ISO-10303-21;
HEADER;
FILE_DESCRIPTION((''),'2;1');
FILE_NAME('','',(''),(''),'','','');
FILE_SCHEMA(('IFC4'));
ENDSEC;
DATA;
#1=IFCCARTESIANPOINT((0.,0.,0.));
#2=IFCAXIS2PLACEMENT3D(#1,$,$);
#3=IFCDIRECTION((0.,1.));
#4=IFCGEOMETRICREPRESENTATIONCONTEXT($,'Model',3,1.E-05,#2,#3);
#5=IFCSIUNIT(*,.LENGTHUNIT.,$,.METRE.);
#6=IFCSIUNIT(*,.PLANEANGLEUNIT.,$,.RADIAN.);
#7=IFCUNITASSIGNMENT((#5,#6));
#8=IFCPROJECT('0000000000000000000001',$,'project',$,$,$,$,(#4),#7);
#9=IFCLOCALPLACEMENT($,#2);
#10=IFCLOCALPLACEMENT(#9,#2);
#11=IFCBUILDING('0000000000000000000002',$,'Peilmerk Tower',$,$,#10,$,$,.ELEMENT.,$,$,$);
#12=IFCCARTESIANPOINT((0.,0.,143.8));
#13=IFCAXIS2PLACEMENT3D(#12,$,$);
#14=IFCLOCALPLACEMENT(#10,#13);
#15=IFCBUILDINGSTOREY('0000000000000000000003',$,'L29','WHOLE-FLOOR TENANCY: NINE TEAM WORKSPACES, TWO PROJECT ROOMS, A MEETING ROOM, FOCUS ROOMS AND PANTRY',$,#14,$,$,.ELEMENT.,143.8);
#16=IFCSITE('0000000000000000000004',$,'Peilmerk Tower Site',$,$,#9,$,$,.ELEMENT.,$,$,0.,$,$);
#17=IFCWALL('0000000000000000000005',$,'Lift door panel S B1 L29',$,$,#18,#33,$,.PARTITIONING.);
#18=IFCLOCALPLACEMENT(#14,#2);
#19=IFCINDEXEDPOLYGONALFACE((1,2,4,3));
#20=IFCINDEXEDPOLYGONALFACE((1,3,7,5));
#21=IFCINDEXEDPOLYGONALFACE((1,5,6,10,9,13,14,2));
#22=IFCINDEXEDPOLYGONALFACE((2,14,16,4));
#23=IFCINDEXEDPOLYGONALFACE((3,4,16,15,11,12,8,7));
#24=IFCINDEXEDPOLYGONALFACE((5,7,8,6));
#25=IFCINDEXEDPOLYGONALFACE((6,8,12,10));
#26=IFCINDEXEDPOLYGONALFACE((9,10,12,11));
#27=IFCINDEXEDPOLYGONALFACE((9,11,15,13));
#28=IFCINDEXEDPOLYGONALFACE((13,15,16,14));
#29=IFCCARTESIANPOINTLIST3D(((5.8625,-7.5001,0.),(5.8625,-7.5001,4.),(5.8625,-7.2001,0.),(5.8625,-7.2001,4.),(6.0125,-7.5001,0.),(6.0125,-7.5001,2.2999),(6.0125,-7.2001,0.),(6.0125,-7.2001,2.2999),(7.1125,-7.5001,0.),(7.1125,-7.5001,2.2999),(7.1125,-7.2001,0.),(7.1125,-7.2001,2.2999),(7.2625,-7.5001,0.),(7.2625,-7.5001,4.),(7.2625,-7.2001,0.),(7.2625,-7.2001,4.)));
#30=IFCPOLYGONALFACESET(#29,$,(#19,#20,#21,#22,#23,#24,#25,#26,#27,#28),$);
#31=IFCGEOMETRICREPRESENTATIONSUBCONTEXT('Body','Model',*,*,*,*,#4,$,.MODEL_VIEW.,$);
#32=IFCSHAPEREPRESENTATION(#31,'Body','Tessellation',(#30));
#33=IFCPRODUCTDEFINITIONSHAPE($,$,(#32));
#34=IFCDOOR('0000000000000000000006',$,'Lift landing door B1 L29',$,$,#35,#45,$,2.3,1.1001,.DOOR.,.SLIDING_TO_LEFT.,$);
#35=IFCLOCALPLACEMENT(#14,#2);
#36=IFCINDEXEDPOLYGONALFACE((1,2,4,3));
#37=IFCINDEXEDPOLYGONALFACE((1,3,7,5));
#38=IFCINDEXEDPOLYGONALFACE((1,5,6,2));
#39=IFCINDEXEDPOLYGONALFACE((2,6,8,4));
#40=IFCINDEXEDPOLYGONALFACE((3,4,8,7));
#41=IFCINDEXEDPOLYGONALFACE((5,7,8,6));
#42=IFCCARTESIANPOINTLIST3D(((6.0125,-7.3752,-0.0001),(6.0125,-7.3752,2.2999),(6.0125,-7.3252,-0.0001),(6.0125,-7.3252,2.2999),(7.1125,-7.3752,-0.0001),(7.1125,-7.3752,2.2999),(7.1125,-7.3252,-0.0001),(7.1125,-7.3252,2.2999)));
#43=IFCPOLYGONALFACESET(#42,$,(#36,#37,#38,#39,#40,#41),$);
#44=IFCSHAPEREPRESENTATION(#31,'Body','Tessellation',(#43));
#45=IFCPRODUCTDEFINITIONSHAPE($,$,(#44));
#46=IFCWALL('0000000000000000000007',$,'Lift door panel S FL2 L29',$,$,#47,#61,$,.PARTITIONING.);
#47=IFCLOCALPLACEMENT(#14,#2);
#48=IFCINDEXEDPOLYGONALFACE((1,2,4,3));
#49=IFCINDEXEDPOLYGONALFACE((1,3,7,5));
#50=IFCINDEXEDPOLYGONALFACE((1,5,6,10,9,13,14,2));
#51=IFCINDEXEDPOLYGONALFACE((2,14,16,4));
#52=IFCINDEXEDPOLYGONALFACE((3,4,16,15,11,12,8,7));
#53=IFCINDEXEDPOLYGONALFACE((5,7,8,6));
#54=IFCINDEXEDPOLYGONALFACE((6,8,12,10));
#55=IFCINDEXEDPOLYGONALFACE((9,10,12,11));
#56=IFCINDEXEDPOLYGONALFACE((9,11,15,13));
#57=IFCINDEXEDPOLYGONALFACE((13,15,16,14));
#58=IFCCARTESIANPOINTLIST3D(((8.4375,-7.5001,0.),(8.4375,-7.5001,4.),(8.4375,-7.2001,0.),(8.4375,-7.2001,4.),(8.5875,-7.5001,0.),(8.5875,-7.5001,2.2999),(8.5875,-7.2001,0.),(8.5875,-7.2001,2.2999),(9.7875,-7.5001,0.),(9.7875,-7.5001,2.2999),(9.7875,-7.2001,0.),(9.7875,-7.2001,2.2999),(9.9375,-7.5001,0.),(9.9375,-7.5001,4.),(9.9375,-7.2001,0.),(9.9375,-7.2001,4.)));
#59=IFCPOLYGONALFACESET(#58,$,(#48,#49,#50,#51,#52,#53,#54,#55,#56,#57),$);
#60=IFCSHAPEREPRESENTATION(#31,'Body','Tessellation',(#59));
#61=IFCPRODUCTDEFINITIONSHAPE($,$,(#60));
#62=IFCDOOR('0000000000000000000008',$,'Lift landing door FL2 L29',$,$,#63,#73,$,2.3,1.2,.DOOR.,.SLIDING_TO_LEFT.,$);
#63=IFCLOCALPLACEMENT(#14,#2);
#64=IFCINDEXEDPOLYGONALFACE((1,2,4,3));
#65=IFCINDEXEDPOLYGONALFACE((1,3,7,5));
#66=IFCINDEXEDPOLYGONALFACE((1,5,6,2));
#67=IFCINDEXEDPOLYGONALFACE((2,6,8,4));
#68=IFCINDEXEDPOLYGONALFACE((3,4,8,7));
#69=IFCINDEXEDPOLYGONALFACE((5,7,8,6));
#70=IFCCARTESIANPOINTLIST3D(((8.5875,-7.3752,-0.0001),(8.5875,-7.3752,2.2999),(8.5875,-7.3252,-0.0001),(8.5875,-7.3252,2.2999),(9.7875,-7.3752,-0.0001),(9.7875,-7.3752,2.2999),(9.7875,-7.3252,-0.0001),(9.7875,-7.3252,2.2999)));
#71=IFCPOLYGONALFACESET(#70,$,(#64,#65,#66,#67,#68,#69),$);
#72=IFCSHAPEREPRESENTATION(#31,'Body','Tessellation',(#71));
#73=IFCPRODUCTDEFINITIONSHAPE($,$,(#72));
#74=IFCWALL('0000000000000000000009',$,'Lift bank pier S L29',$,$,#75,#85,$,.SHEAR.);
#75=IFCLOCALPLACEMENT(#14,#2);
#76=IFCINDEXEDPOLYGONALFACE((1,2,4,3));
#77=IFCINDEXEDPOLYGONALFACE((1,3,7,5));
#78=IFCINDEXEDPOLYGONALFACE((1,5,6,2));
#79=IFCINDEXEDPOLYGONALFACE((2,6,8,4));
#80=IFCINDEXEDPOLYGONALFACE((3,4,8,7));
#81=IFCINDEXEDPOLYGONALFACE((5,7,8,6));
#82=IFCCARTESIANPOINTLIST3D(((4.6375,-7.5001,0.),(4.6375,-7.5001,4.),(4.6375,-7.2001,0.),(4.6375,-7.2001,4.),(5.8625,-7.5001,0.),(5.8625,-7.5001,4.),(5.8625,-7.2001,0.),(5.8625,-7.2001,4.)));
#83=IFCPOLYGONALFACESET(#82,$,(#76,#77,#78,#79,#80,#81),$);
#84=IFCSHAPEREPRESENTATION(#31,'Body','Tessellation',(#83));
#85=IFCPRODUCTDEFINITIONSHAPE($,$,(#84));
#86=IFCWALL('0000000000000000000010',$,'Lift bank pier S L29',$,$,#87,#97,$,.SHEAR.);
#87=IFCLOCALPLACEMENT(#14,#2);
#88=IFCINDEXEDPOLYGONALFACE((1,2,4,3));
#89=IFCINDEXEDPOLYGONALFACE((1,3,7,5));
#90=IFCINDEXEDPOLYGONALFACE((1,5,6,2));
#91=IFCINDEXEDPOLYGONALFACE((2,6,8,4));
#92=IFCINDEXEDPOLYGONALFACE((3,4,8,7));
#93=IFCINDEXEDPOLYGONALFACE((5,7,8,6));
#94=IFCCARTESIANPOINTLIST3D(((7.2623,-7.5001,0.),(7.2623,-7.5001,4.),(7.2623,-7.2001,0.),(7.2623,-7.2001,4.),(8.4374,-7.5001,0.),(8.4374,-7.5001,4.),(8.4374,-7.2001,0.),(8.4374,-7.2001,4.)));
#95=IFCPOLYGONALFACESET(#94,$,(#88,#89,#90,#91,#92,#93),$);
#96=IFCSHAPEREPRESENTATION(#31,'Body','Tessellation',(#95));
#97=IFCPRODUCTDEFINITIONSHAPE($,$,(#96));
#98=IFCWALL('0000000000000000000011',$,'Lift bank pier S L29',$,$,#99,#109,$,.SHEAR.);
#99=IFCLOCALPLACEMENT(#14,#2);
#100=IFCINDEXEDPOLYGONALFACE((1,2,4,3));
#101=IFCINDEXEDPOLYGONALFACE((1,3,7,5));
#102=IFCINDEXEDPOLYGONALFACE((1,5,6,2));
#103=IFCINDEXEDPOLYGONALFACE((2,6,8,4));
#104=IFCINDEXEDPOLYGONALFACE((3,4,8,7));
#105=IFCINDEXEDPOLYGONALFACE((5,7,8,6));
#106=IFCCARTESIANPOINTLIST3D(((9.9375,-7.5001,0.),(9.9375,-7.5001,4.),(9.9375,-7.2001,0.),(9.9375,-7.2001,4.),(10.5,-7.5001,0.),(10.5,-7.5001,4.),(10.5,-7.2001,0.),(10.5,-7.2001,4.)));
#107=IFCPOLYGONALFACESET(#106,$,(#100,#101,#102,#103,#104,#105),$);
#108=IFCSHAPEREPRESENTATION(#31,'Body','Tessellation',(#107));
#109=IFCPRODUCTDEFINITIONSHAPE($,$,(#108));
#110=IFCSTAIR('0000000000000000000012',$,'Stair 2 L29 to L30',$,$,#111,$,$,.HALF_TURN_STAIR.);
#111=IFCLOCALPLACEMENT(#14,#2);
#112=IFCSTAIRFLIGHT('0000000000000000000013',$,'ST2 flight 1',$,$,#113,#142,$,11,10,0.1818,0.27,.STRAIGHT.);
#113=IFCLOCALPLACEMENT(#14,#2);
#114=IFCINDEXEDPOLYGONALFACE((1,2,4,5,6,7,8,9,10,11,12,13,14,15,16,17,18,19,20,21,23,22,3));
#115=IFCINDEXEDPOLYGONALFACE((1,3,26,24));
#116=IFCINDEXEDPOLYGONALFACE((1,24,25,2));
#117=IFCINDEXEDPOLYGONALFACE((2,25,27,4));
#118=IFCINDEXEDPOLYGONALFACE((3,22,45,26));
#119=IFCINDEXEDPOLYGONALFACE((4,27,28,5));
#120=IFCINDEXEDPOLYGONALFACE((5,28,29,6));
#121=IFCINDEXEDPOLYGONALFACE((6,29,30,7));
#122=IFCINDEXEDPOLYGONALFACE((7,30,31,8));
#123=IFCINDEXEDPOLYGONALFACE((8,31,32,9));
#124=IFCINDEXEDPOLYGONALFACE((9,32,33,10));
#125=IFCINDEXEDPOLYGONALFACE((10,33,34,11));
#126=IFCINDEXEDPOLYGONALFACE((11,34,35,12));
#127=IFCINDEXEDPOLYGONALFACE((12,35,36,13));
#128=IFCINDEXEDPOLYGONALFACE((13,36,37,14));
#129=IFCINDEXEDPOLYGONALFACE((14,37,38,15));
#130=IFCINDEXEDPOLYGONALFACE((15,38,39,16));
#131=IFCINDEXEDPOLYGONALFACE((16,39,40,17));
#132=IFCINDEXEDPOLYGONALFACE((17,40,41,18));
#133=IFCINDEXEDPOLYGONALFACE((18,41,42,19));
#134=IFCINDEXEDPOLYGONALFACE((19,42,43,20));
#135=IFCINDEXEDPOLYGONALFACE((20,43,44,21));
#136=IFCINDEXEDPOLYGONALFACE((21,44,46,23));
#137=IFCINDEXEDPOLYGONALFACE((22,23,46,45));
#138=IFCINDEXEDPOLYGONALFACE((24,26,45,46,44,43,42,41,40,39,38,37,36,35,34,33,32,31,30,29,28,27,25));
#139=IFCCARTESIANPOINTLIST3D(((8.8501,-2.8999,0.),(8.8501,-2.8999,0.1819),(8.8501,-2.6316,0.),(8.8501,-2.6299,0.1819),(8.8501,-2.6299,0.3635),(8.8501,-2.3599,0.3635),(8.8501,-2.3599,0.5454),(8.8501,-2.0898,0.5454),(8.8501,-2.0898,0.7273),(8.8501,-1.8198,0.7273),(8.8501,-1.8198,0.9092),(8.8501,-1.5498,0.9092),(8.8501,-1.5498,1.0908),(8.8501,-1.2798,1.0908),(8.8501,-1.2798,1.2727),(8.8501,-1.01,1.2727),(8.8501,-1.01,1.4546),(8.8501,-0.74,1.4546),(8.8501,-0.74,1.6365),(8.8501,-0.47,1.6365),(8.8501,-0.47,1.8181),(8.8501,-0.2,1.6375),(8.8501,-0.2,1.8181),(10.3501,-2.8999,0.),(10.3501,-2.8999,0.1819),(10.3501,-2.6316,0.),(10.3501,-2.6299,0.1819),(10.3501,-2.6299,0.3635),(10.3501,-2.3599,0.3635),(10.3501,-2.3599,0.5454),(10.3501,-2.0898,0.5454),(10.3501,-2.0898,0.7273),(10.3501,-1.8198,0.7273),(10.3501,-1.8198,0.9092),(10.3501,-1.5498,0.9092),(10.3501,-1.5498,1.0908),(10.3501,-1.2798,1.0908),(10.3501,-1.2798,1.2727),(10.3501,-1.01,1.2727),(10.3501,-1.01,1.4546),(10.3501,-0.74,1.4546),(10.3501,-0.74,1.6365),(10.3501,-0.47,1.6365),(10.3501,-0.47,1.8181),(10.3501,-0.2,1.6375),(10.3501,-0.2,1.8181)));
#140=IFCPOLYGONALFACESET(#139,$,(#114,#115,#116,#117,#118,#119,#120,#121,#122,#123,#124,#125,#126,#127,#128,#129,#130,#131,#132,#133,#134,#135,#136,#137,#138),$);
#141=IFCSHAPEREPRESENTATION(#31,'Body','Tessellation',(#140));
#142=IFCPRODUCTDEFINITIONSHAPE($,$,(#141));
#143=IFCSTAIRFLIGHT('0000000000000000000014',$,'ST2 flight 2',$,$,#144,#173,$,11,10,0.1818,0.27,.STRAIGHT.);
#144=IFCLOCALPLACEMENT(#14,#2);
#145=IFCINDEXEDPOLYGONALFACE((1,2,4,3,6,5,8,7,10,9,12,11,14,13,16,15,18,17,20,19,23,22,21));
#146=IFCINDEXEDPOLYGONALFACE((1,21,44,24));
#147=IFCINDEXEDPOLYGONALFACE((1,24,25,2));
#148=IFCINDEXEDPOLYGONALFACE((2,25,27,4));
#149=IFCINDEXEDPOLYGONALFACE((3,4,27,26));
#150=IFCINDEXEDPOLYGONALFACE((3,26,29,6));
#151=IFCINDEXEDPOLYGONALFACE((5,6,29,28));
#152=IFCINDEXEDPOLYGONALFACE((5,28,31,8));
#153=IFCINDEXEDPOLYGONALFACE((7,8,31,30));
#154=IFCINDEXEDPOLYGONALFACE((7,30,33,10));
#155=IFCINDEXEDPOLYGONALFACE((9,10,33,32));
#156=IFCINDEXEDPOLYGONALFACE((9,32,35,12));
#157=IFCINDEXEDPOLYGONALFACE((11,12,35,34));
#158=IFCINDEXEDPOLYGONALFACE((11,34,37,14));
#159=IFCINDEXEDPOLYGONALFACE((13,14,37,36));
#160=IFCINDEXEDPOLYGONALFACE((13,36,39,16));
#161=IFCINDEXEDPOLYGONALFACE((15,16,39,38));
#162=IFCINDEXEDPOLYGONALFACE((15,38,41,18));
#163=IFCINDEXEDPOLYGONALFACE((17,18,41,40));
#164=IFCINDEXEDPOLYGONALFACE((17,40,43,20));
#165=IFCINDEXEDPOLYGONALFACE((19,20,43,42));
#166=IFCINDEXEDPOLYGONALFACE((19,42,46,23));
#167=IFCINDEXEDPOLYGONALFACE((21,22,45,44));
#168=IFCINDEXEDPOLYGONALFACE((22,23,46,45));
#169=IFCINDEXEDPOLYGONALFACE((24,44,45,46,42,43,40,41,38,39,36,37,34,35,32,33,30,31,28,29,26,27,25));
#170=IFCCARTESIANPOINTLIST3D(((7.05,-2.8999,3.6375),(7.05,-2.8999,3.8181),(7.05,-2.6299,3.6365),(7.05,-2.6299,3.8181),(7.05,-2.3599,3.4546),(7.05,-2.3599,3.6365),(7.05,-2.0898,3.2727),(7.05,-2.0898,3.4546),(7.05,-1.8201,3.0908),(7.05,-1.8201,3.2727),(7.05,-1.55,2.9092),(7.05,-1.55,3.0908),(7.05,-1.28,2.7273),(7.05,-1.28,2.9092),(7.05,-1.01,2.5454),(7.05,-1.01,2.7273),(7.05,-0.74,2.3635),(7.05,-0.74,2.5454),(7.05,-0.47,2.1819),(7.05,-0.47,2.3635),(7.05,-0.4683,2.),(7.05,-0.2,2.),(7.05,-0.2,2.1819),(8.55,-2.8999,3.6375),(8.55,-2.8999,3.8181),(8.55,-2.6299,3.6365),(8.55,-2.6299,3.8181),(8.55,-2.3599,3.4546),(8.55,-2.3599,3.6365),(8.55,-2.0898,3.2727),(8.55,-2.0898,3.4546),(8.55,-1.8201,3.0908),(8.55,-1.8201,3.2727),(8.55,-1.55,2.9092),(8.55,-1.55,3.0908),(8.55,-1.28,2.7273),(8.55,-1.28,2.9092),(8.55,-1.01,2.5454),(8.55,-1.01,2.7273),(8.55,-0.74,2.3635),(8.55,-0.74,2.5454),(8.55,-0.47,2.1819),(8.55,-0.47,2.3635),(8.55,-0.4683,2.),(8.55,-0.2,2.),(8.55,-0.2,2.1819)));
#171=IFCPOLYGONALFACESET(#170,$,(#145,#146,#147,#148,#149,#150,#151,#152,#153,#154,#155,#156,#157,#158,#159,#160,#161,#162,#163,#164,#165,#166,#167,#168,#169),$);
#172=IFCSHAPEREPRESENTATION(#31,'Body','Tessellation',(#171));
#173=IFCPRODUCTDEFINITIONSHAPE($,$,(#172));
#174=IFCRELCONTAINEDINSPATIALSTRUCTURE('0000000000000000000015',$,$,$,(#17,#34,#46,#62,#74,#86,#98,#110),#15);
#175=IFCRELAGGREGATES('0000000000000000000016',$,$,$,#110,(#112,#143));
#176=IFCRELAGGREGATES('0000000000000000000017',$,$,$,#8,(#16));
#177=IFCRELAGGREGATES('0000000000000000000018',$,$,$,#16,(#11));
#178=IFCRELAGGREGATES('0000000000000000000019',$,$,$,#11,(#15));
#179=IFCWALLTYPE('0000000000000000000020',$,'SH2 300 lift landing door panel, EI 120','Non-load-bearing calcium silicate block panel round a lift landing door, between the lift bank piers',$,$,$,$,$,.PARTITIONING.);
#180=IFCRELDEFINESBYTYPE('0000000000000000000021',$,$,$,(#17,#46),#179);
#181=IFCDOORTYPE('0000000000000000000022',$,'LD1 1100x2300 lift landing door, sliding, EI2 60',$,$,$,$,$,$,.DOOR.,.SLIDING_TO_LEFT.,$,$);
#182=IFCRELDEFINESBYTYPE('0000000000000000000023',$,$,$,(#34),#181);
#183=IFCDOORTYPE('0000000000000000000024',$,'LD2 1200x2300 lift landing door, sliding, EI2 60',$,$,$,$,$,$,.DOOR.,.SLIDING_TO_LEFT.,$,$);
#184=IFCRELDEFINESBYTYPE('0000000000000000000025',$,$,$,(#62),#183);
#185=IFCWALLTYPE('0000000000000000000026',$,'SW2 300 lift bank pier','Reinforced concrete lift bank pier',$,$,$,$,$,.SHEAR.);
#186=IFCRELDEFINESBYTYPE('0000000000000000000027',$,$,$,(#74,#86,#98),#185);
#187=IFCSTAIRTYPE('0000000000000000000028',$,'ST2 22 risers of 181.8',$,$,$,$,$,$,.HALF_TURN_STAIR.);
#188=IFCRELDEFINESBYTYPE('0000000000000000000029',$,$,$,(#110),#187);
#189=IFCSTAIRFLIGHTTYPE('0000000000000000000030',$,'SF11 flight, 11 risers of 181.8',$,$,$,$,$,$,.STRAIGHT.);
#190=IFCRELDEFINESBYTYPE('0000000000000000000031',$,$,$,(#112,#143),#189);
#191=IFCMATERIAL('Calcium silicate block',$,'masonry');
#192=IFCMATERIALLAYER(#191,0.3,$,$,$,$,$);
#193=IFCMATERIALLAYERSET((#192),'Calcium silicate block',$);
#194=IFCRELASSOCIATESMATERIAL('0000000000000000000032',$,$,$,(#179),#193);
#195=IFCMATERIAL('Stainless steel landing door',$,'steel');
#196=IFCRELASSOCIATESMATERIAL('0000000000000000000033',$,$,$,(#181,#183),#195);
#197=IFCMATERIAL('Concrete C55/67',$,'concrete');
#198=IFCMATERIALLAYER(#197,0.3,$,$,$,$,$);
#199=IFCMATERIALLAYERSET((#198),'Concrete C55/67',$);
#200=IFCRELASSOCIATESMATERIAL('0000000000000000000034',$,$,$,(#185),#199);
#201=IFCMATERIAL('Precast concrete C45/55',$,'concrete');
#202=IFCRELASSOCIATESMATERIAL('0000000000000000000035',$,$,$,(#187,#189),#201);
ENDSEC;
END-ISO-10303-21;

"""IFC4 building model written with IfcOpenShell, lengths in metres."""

from ifc_helpers import new_model, si_unit, direction, frame, frame_2d, origin, place, context, subcontext, project, spatial, polyline, rectangle, outline, extrude, material, layer, layer_set, type_object, element, fill, aggregate, save


model = new_model("IFC4")

# Units and contexts
model_context = context("Model", 3, precision=1e-05, world=origin(), true_north=direction((0.0, 1.0)))
body_context = subcontext(model_context, "Body", "Model", "MODEL_VIEW")
ifc_project = project(units=[si_unit("LENGTHUNIT", "METRE"), si_unit("PLANEANGLEUNIT", "RADIAN")], contexts=[model_context])

# Site, building, storey
site_placement = place(None, origin())
site = spatial("IfcSite", under=ifc_project, at=site_placement, Name="Peilmerk Tower Site", CompositionType="ELEMENT", RefElevation=0.0)
building_placement = place(site_placement, origin())
building = spatial("IfcBuilding", under=site, at=building_placement, Name="Peilmerk Tower", CompositionType="ELEMENT")
storey_placement = place(building_placement, frame((0.0, 0.0, 143.8)))
storey = spatial("IfcBuildingStorey", under=building, at=storey_placement, Name="L29", Description="WHOLE-FLOOR TENANCY: NINE TEAM WORKSPACES, TWO PROJECT ROOMS, A MEETING ROOM, FOCUS ROOMS AND PANTRY", CompositionType="ELEMENT", Elevation=143.8)

# Walls, openings, doors
ifc_material_1 = material(Name="Calcium silicate block", Category="masonry")
ifc_layer_1 = layer(ifc_material_1, 0.3)
ifc_layer_set_1 = layer_set([ifc_layer_1], Name="Calcium silicate block")
wall_type_1 = type_object("IfcWallType", Name="SH2 300 lift landing door panel, EI 120", Description="Non-load-bearing calcium silicate block panel round a lift landing door, between the lift bank piers", PredefinedType="PARTITIONING", material=ifc_layer_set_1)
wall_1_placement = place(storey_placement, frame((5.8625, -7.3501, 0.0), z_axis=(0.0, 0.0, 1.0), x_axis=(1.0, 0.0, 0.0)))
wall_1 = element("IfcWall", 1, at=wall_1_placement, inside=storey, type_object=wall_type_1, Name="Lift door panel S B1 L29", PredefinedType="PARTITIONING", context=body_context, shape_type="SweptSolid", body=[
    extrude(rectangle(XDim=1.3999, YDim=0.3, at=frame_2d((0.7, 0.0))), origin(), (0.0, 0.0, 1.0), 4.0),
])
opening_1_placement = place(wall_1_placement, frame((0.1499, 0.0, 0.0)))
opening_1 = element("IfcOpeningElement", 2, at=opening_1_placement, cuts=wall_1, PredefinedType="OPENING", context=body_context, shape_type="SweptSolid", body=[
    extrude(rectangle(XDim=1.1001, YDim=2.3, at=frame_2d((0.55, 1.1499))), frame((0.0, 0.1599, 0.0), z_axis=(0.0, -1.0, 0.0), x_axis=(1.0, 0.0, 0.0)), (0.0, 0.0, 1.0), 0.3201),
])
ifc_material_2 = material(Name="Stainless steel landing door", Category="steel")
door_type_1 = type_object("IfcDoorType", Name="LD1 1100x2300 lift landing door, sliding, EI2 60", OperationType="SLIDING_TO_LEFT", PredefinedType="DOOR", material=ifc_material_2)
door_1_placement = place(opening_1_placement, origin())
door_1 = element("IfcDoor", 3, at=door_1_placement, inside=storey, type_object=door_type_1, Name="Lift landing door B1 L29", OperationType="SLIDING_TO_LEFT", OverallHeight=2.3, OverallWidth=1.1001, PredefinedType="DOOR", context=body_context, shape_type="SweptSolid", body=[
    extrude(rectangle(XDim=1.1001, YDim=2.3, at=frame_2d((0.55, 1.1499))), frame((0.0, 0.0249, 0.0), z_axis=(0.0, -1.0, 0.0), x_axis=(1.0, 0.0, 0.0)), (0.0, 0.0, 1.0), 0.05),
])
fill(opening_1, door_1)
wall_2_placement = place(storey_placement, frame((8.4375, -7.3501, 0.0), z_axis=(0.0, 0.0, 1.0), x_axis=(1.0, 0.0, 0.0)))
wall_2 = element("IfcWall", 4, at=wall_2_placement, inside=storey, type_object=wall_type_1, Name="Lift door panel S FL2 L29", PredefinedType="PARTITIONING", context=body_context, shape_type="SweptSolid", body=[
    extrude(rectangle(XDim=1.5, YDim=0.3, at=frame_2d((0.75, 0.0))), origin(), (0.0, 0.0, 1.0), 4.0),
])
opening_2_placement = place(wall_2_placement, frame((0.1499, 0.0, 0.0)))
opening_2 = element("IfcOpeningElement", 5, at=opening_2_placement, cuts=wall_2, PredefinedType="OPENING", context=body_context, shape_type="SweptSolid", body=[
    extrude(rectangle(XDim=1.2, YDim=2.3, at=frame_2d((0.6001, 1.1499))), frame((0.0, 0.1599, 0.0), z_axis=(0.0, -1.0, 0.0), x_axis=(1.0, 0.0, 0.0)), (0.0, 0.0, 1.0), 0.3201),
])
door_type_2 = type_object("IfcDoorType", Name="LD2 1200x2300 lift landing door, sliding, EI2 60", OperationType="SLIDING_TO_LEFT", PredefinedType="DOOR", material=ifc_material_2)
door_2_placement = place(opening_2_placement, origin())
door_2 = element("IfcDoor", 6, at=door_2_placement, inside=storey, type_object=door_type_2, Name="Lift landing door FL2 L29", OperationType="SLIDING_TO_LEFT", OverallHeight=2.3, OverallWidth=1.2, PredefinedType="DOOR", context=body_context, shape_type="SweptSolid", body=[
    extrude(rectangle(XDim=1.2, YDim=2.3, at=frame_2d((0.6001, 1.1499))), frame((0.0, 0.0249, 0.0), z_axis=(0.0, -1.0, 0.0), x_axis=(1.0, 0.0, 0.0)), (0.0, 0.0, 1.0), 0.05),
])
fill(opening_2, door_2)

# Walls
ifc_material_3 = material(Name="Concrete C55/67", Category="concrete")
ifc_layer_2 = layer(ifc_material_3, 0.3)
ifc_layer_set_2 = layer_set([ifc_layer_2], Name="Concrete C55/67")
wall_type_2 = type_object("IfcWallType", Name="SW2 300 lift bank pier", Description="Reinforced concrete lift bank pier", PredefinedType="SHEAR", material=ifc_layer_set_2)
wall_3_placement = place(storey_placement, frame((4.6375, -7.3501, 0.0), z_axis=(0.0, 0.0, 1.0), x_axis=(1.0, 0.0, 0.0)))
element("IfcWall", 7, at=wall_3_placement, inside=storey, type_object=wall_type_2, Name="Lift bank pier S L29", PredefinedType="SHEAR", context=body_context, shape_type="SweptSolid", body=[
    extrude(rectangle(XDim=1.2251, YDim=0.3, at=frame_2d((0.6125, 0.0))), origin(), (0.0, 0.0, 1.0), 4.0),
])
wall_4_placement = place(storey_placement, frame((7.2625, -7.3501, 0.0), z_axis=(0.0, 0.0, 1.0), x_axis=(1.0, 0.0, 0.0)))
element("IfcWall", 8, at=wall_4_placement, inside=storey, type_object=wall_type_2, Name="Lift bank pier S L29", PredefinedType="SHEAR", context=body_context, shape_type="SweptSolid", body=[
    extrude(rectangle(XDim=1.175, YDim=0.3, at=frame_2d((0.5874, 0.0))), origin(), (0.0, 0.0, 1.0), 4.0),
])
wall_5_placement = place(storey_placement, frame((9.9375, -7.3501, 0.0), z_axis=(0.0, 0.0, 1.0), x_axis=(1.0, 0.0, 0.0)))
element("IfcWall", 9, at=wall_5_placement, inside=storey, type_object=wall_type_2, Name="Lift bank pier S L29", PredefinedType="SHEAR", context=body_context, shape_type="SweptSolid", body=[
    extrude(rectangle(XDim=0.5625, YDim=0.3, at=frame_2d((0.2812, 0.0))), origin(), (0.0, 0.0, 1.0), 4.0),
])

# Stair, stair flights
ifc_material_4 = material(Name="Precast concrete C45/55", Category="concrete")
stair_type = type_object("IfcStairType", Name="ST2 22 risers of 181.8", PredefinedType="HALF_TURN_STAIR", material=ifc_material_4)
stair_placement = place(storey_placement, origin())
stair = element("IfcStair", 10, at=stair_placement, inside=storey, type_object=stair_type, Name="Stair 2 L29 to L30", PredefinedType="HALF_TURN_STAIR")
stair_flight_type = type_object("IfcStairFlightType", Name="SF11 flight, 11 risers of 181.8", PredefinedType="STRAIGHT", material=ifc_material_4)
stair_flight_1_placement = place(storey_placement, frame((9.6001, -2.8999, 0.0), z_axis=(0.0, 0.0, 1.0), x_axis=(0.0, 1.0, 0.0)))
stair_flight_1 = element("IfcStairFlight", 11, at=stair_flight_1_placement, type_object=stair_flight_type, Name="ST2 flight 1", NumberOfRisers=11, NumberOfTreads=10, PredefinedType="STRAIGHT", RiserHeight=0.1818, TreadLength=0.27, context=body_context, shape_type="SweptSolid", body=[
    extrude(outline(polyline([(0.0, 0.0), (0.0, 0.1819), (0.27, 0.1819), (0.27, 0.3635), (0.54, 0.3635), (0.54, 0.5454), (0.8101, 0.5454), (0.8101, 0.7273), (1.0801, 0.7273), (1.0801, 0.9092), (1.3501, 0.9092), (1.3501, 1.0908), (1.6201, 1.0908), (1.6201, 1.2727), (1.8899, 1.2727), (1.8899, 1.4546), (2.1599, 1.4546), (2.1599, 1.6365), (2.4299, 1.6365), (2.4299, 1.8181), (2.7, 1.8181), (2.7, 2.0), (2.7, 1.6375), (0.2683, 0.0), (0.0, 0.0)])), frame((0.0, 0.75, 0.0), z_axis=(0.0, -1.0, 0.0), x_axis=(1.0, 0.0, 0.0)), (0.0, 0.0, 1.0), 1.5),
])
stair_flight_2_placement = place(storey_placement, frame((7.8, -0.2, 2.0), z_axis=(0.0, 0.0, 1.0), x_axis=(0.0, -1.0, 0.0)))
stair_flight_2 = element("IfcStairFlight", 12, at=stair_flight_2_placement, type_object=stair_flight_type, Name="ST2 flight 2", NumberOfRisers=11, NumberOfTreads=10, PredefinedType="STRAIGHT", RiserHeight=0.1818, TreadLength=0.27, context=body_context, shape_type="SweptSolid", body=[
    extrude(outline(polyline([(0.0, 0.0), (0.0, 0.1819), (0.27, 0.1819), (0.27, 0.3635), (0.54, 0.3635), (0.54, 0.5454), (0.8101, 0.5454), (0.8101, 0.7273), (1.0801, 0.7273), (1.0801, 0.9092), (1.3501, 0.9092), (1.3501, 1.0908), (1.6201, 1.0908), (1.6201, 1.2727), (1.8899, 1.2727), (1.8899, 1.4546), (2.1599, 1.4546), (2.1599, 1.6365), (2.4299, 1.6365), (2.4299, 1.8181), (2.7, 1.8181), (2.7, 2.0), (2.7, 1.6375), (0.2683, 0.0), (0.0, 0.0)])), frame((0.0, 0.75, 0.0), z_axis=(0.0, -1.0, 0.0), x_axis=(1.0, 0.0, 0.0)), (0.0, 0.0, 1.0), 1.5),
])
aggregate(stair, [stair_flight_1, stair_flight_2])

save(model, "model.ifc")
